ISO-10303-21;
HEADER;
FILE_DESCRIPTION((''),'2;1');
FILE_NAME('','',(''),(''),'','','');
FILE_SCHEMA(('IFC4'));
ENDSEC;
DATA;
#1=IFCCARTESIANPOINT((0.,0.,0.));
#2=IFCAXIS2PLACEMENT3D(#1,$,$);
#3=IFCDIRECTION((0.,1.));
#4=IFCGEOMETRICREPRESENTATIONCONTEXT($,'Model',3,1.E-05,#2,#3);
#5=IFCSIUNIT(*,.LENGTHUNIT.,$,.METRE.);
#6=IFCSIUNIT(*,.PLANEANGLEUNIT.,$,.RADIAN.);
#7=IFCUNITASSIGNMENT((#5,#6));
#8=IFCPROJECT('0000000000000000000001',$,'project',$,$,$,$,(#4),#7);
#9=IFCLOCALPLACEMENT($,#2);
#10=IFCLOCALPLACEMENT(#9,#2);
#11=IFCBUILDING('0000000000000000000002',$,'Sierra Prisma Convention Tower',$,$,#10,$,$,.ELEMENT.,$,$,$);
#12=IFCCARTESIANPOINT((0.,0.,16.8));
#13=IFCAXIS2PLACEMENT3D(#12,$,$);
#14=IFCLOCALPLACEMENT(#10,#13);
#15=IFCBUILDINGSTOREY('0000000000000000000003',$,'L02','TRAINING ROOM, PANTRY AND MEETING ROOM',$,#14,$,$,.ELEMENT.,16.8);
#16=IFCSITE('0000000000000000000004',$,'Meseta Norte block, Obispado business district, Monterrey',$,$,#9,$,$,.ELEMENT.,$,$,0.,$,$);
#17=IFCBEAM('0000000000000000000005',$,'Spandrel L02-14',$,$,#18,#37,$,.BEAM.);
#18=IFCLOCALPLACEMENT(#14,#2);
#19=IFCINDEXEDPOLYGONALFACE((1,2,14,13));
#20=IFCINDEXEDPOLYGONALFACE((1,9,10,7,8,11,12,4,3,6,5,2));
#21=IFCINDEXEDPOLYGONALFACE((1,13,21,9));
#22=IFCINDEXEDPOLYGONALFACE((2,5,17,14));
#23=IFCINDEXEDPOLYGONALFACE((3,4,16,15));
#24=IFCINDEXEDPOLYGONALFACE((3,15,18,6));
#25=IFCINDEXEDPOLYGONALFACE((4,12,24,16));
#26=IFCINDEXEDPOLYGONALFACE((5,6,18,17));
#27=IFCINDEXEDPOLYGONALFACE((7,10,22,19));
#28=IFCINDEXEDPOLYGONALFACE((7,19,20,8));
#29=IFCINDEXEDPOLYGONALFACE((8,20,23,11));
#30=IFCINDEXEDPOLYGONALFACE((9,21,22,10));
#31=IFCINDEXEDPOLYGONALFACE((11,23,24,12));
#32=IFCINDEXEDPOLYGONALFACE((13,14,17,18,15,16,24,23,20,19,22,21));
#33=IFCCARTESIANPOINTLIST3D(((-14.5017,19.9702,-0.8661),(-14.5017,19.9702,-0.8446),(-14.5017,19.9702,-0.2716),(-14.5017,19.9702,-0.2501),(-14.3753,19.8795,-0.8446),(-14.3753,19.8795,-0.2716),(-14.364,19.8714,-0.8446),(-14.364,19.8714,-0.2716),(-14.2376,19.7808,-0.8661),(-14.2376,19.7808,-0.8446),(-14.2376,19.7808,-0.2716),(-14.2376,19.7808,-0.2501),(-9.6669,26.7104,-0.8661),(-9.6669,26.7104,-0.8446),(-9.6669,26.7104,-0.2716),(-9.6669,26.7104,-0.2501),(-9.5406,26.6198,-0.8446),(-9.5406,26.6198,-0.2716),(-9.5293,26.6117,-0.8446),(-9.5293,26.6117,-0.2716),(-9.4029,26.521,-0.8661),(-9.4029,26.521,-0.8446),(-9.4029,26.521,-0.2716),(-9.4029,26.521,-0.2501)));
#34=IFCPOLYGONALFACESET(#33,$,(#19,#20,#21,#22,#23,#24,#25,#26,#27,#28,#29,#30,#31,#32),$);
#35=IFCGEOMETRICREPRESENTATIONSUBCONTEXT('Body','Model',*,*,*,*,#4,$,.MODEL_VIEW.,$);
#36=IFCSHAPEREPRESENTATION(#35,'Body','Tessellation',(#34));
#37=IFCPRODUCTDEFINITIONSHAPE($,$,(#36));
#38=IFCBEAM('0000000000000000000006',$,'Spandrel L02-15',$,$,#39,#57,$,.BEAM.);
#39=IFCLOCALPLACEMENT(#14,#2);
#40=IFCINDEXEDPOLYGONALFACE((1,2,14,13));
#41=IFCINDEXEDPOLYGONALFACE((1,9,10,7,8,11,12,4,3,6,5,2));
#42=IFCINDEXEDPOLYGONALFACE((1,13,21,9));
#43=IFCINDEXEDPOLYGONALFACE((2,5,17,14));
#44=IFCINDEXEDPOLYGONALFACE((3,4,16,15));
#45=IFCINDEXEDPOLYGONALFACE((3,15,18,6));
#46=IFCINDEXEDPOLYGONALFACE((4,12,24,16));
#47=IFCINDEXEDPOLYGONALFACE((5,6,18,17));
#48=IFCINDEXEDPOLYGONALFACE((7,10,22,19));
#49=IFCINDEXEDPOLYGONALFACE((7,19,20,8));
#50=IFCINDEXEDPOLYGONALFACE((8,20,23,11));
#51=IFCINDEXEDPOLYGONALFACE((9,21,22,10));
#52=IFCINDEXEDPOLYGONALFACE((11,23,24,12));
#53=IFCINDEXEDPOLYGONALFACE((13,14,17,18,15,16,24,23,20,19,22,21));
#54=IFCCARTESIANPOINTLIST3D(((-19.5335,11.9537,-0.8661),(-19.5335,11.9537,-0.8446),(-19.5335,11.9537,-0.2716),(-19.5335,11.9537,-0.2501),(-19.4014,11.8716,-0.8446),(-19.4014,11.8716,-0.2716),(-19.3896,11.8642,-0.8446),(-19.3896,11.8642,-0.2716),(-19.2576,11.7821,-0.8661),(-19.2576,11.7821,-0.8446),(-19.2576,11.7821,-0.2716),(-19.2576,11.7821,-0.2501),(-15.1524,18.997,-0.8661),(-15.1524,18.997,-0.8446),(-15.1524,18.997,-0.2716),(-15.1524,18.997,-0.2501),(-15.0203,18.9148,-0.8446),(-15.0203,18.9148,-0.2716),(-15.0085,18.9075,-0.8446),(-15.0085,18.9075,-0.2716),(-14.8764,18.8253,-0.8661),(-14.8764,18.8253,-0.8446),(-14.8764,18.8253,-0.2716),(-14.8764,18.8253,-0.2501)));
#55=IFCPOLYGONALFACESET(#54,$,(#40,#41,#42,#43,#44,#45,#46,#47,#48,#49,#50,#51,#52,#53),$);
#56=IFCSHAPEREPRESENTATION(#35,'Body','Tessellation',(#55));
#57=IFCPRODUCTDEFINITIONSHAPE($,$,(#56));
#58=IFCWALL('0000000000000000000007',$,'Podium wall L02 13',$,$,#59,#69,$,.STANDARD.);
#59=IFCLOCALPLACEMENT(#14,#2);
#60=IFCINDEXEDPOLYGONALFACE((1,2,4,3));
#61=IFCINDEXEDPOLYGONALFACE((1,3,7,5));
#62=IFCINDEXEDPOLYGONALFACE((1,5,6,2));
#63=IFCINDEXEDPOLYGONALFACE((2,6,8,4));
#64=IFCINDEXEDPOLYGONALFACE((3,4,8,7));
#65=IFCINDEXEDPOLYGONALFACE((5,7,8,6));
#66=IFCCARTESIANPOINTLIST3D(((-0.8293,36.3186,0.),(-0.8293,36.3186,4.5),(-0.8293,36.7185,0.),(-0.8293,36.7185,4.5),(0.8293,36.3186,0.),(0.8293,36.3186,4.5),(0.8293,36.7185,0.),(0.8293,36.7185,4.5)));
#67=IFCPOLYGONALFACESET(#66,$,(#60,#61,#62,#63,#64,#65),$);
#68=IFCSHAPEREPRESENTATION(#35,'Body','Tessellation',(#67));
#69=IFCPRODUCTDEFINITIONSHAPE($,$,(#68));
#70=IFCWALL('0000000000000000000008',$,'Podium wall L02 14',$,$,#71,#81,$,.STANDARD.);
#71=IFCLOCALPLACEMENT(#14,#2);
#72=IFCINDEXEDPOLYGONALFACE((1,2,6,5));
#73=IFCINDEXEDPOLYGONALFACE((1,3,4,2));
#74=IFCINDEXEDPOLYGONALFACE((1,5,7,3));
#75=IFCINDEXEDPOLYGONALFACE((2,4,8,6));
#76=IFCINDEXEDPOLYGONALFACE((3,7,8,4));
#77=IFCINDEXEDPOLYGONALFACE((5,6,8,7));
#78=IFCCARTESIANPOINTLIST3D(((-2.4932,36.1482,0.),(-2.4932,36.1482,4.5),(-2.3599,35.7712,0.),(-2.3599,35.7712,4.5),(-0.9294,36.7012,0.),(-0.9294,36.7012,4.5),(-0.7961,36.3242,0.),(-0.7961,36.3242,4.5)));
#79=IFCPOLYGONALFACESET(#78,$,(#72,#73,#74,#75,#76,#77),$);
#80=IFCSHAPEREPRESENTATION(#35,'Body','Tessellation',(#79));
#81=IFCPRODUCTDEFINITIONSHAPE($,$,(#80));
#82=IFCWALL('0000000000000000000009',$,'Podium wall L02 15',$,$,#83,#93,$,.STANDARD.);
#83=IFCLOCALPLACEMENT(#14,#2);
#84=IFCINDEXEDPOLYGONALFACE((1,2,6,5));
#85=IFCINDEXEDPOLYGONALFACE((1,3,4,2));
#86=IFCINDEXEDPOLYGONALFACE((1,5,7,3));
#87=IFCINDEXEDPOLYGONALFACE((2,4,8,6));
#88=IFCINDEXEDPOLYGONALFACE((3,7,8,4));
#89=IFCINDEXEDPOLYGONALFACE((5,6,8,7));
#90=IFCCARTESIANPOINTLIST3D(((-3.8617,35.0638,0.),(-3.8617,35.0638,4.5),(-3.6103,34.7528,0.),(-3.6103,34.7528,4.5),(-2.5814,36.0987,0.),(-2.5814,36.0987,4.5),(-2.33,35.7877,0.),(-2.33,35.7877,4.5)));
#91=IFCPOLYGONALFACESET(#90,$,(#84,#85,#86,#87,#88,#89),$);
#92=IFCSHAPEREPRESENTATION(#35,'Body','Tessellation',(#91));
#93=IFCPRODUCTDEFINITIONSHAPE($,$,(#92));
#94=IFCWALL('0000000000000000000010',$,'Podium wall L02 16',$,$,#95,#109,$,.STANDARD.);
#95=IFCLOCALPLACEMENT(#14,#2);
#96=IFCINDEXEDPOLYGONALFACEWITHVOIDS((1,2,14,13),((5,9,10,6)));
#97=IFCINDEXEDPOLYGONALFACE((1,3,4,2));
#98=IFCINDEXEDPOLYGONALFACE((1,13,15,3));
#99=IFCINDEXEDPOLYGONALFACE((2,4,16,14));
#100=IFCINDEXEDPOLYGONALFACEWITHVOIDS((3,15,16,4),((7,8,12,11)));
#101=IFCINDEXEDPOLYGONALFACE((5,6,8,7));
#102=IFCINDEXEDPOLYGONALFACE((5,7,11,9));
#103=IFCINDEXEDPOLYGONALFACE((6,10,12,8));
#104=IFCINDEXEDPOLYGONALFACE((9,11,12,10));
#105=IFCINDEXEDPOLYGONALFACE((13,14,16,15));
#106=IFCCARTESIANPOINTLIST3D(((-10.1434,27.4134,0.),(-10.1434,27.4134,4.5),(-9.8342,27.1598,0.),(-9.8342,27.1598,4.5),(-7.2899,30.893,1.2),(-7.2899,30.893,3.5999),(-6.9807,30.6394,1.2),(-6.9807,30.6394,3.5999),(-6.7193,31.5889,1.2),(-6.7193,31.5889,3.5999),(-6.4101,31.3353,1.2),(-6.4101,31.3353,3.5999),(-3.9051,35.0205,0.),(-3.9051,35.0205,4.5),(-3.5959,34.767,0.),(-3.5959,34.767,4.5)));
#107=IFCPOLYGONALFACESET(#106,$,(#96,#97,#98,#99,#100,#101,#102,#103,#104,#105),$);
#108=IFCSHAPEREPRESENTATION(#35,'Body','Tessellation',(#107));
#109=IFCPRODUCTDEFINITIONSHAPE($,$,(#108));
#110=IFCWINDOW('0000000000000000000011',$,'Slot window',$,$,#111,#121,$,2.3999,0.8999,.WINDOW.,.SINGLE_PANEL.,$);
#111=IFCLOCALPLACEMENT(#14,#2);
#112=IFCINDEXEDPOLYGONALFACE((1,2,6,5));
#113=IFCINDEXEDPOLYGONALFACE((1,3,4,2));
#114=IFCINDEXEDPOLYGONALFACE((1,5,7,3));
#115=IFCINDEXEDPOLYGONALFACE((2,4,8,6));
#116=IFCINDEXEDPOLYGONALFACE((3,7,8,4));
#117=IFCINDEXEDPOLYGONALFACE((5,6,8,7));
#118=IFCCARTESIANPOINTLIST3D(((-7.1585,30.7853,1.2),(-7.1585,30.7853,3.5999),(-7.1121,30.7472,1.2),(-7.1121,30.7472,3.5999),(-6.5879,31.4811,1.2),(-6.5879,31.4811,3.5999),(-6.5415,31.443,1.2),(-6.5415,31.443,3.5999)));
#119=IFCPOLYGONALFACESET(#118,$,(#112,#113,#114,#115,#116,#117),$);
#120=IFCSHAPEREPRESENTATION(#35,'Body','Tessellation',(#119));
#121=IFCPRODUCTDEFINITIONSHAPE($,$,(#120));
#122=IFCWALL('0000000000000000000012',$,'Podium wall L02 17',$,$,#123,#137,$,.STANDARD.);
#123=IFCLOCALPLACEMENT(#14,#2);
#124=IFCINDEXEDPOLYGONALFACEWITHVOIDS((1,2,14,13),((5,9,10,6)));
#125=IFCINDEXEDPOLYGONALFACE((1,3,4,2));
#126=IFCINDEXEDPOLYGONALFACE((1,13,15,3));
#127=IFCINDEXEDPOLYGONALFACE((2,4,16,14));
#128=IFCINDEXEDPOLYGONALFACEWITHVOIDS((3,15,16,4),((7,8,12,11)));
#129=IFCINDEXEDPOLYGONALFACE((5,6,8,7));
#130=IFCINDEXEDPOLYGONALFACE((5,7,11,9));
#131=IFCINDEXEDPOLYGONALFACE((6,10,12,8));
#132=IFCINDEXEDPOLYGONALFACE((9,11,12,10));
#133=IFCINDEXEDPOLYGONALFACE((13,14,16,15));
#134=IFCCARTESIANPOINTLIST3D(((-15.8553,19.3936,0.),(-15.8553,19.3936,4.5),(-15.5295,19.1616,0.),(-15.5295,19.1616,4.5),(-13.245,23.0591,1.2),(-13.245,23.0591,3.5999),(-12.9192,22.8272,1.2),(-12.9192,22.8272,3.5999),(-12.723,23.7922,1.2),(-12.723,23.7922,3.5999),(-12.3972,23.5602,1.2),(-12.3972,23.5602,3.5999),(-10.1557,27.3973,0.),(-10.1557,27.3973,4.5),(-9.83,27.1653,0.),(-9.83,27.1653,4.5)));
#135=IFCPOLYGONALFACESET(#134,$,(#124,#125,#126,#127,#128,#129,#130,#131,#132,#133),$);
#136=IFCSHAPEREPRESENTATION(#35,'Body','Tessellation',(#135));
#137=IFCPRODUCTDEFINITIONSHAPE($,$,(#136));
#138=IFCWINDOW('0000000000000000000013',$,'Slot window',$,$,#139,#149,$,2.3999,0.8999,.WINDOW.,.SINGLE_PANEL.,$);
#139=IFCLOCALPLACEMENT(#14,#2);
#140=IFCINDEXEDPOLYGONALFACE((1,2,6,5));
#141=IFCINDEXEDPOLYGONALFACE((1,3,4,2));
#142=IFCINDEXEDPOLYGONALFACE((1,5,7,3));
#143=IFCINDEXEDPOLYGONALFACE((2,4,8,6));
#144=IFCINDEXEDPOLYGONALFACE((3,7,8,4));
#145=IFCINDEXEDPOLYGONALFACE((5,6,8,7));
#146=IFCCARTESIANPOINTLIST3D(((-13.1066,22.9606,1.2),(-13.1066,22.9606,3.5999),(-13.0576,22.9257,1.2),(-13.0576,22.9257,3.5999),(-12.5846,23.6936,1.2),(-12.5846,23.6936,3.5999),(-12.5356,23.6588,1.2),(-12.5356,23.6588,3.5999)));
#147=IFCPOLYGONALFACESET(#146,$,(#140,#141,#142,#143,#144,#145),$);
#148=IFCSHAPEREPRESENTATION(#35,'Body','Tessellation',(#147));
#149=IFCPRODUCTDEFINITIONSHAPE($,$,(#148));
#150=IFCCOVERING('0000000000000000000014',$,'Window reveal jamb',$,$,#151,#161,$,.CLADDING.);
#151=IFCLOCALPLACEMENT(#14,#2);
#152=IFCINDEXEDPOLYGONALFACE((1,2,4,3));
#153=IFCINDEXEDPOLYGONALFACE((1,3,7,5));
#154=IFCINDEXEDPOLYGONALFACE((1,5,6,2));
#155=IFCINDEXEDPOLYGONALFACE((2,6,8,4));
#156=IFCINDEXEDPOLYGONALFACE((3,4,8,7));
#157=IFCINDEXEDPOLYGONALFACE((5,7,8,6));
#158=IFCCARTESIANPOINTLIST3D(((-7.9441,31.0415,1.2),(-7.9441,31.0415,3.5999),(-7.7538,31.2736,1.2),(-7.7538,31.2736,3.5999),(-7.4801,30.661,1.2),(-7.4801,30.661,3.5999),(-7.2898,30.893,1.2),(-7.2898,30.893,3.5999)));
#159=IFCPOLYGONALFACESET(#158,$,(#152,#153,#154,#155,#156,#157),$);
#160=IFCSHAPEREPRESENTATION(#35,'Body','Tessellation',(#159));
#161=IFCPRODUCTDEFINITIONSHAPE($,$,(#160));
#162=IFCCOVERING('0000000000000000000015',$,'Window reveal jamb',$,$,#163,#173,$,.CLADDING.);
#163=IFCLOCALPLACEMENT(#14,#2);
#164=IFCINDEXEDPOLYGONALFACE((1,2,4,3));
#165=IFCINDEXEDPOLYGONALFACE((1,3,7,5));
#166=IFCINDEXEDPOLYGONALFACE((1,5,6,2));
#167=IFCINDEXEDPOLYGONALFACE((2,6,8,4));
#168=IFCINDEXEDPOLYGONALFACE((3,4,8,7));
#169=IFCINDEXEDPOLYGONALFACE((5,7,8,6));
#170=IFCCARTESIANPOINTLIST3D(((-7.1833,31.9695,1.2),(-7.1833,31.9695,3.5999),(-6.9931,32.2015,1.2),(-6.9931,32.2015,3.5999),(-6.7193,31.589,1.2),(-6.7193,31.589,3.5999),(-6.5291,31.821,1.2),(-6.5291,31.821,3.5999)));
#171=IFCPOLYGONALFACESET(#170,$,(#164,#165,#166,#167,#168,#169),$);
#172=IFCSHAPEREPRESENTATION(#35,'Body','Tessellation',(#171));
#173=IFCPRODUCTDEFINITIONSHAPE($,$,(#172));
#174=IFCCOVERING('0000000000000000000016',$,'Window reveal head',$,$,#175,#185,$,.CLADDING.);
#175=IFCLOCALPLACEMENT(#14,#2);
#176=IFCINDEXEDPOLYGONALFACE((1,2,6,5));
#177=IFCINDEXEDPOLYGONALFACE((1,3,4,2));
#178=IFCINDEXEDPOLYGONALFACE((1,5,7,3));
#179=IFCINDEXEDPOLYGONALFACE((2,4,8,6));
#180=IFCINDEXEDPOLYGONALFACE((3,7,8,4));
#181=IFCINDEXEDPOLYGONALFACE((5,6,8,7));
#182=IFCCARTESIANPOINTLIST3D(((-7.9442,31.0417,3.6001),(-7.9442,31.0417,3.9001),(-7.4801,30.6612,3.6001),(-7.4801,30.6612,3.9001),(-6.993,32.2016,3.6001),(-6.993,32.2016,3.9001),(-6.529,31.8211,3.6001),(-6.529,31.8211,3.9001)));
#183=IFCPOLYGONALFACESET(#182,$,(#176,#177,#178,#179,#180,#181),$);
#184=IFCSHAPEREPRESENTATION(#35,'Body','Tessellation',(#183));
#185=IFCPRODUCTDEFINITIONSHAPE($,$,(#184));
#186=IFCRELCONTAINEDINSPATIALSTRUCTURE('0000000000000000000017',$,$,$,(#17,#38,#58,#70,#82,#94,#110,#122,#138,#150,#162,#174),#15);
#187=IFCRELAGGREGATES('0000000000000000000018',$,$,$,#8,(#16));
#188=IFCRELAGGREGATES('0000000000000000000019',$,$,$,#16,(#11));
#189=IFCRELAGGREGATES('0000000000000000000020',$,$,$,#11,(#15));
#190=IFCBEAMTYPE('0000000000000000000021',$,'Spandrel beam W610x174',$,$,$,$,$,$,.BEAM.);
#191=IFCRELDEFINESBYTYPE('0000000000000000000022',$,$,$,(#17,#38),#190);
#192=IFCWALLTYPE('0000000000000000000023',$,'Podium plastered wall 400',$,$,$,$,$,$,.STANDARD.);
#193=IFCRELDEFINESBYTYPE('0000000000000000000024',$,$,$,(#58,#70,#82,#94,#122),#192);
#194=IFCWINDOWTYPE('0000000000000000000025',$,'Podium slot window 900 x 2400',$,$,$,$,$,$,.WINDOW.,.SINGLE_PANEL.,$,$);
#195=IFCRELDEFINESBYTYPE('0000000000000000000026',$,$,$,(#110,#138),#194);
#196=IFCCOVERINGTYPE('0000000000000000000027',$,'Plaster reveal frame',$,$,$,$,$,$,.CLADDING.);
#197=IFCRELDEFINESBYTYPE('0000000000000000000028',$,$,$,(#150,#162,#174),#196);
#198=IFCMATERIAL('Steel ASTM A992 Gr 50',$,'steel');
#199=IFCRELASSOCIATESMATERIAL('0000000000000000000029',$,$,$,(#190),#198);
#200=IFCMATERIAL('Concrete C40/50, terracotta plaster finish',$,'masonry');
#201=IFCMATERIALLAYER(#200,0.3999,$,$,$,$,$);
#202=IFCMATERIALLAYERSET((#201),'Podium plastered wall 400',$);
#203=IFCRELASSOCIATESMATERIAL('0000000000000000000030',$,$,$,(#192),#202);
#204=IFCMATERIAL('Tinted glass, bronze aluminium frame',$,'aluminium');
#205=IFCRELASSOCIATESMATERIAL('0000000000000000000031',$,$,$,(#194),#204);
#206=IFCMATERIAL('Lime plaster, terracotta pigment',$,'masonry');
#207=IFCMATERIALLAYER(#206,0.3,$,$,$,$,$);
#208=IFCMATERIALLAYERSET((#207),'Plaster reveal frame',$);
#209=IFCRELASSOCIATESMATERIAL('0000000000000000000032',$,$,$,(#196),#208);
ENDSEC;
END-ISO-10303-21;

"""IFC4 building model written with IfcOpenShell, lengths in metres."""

from ifc_helpers import new_model, si_unit, direction, frame, frame_2d, origin, origin_2d, place, context, subcontext, project, spatial, rectangle, i_section, extrude, material, layer, layer_set, material_profile, profile_set, type_object, element, fill, save


model = new_model("IFC4")

# Units and contexts
model_context = context("Model", 3, precision=1e-05, world=origin(), true_north=direction((0.0, 1.0)))
body_context = subcontext(model_context, "Body", "Model", "MODEL_VIEW")
ifc_project = project(units=[si_unit("LENGTHUNIT", "METRE"), si_unit("PLANEANGLEUNIT", "RADIAN")], contexts=[model_context])

# Site, building, storey
site_placement = place(None, origin())
site = spatial("IfcSite", under=ifc_project, at=site_placement, Name="Meseta Norte block, Obispado business district, Monterrey", CompositionType="ELEMENT", RefElevation=0.0)
building_placement = place(site_placement, origin())
building = spatial("IfcBuilding", under=site, at=building_placement, Name="Sierra Prisma Convention Tower", CompositionType="ELEMENT")
storey_placement = place(building_placement, frame((0.0, 0.0, 16.8)))
storey = spatial("IfcBuildingStorey", under=building, at=storey_placement, Name="L02", Description="TRAINING ROOM, PANTRY AND MEETING ROOM", CompositionType="ELEMENT", Elevation=16.8)

# Beams
ifc_material_1 = material(Name="Steel ASTM A992 Gr 50", Category="steel")
ifc_material_profile_1 = material_profile(ifc_material_1, i_section(OverallWidth=0.325, OverallDepth=0.616, WebThickness=0.0139, FlangeThickness=0.0215, at=origin_2d()), Name="W610x174")
ifc_profile_set_1 = profile_set([ifc_material_profile_1], Name="Steel ASTM A992 Gr 50")
beam_type_1 = type_object("IfcBeamType", Name="Spandrel beam W610x174", PredefinedType="BEAM", material=ifc_profile_set_1)
beam_1_placement = place(storey_placement, frame((-9.5349, 26.6157, -0.5581), z_axis=(-0.582855, -0.812576, 0.0), x_axis=(0.812576, -0.582855, 0.0)))
element("IfcBeam", 1, at=beam_1_placement, inside=storey, type_object=beam_type_1, Name="Spandrel L02-14", PredefinedType="BEAM", context=body_context, shape_type="SweptSolid", body=[
    extrude(i_section(OverallWidth=0.325, OverallDepth=0.616, WebThickness=0.0139, FlangeThickness=0.0215, at=origin_2d()), origin(), (0.0, 0.0, 1.0), 8.2949),
])
beam_2_placement = place(storey_placement, frame((-15.0144, 18.9111, -0.5581), z_axis=(-0.528185, -0.849129, 0.0), x_axis=(0.849129, -0.528185, 0.0)))
element("IfcBeam", 2, at=beam_2_placement, inside=storey, type_object=beam_type_1, Name="Spandrel L02-15", PredefinedType="BEAM", context=body_context, shape_type="SweptSolid", body=[
    extrude(i_section(OverallWidth=0.325, OverallDepth=0.616, WebThickness=0.0139, FlangeThickness=0.0215, at=origin_2d()), origin(), (0.0, 0.0, 1.0), 8.2947),
])

# Walls
ifc_material_2 = material(Name="Concrete C40/50, terracotta plaster finish", Category="masonry")
ifc_layer_1 = layer(ifc_material_2, 0.3999)
ifc_layer_set_1 = layer_set([ifc_layer_1], Name="Podium plastered wall 400")
wall_type = type_object("IfcWallType", Name="Podium plastered wall 400", PredefinedType="STANDARD", material=ifc_layer_set_1)
for number, where, z_axis, x_axis, name in (
    (3, (-0.8293, 36.5186, 0.0), (0.0, 0.0, 1.0), (1.0, 0.0, 0.0), "Podium wall L02 13"),
    (4, (-2.4265, 35.9597, 0.0), (0.0, 0.0, 1.0), (0.942786, 0.333398, 0.0), "Podium wall L02 14"),
):
    element("IfcWall", number, at=place(storey_placement, frame(where, z_axis=z_axis, x_axis=x_axis)), inside=storey, type_object=wall_type, Name=name, PredefinedType="STANDARD", context=body_context, shape_type="SweptSolid", body=[
        extrude(rectangle(XDim=1.6587, YDim=0.3999, at=frame_2d((0.8293, 0.0))), origin(), (0.0, 0.0, 1.0), 4.5),
    ])
wall_1_placement = place(storey_placement, frame((-3.7361, 34.9082, 0.0), z_axis=(0.0, 0.0, 1.0), x_axis=(0.77769, 0.628648, 0.0)))
element("IfcWall", 5, at=wall_1_placement, inside=storey, type_object=wall_type, Name="Podium wall L02 15", PredefinedType="STANDARD", context=body_context, shape_type="SweptSolid", body=[
    extrude(rectangle(XDim=1.6462, YDim=0.3999, at=frame_2d((0.8232, 0.0))), origin(), (0.0, 0.0, 1.0), 4.5),
])

# Walls, openings, windows
wall_2_placement = place(storey_placement, frame((-9.9888, 27.2866, 0.0), z_axis=(0.0, 0.0, 1.0), x_axis=(0.634104, 0.773248, 0.0)))
wall_2 = element("IfcWall", 6, at=wall_2_placement, inside=storey, type_object=wall_type, Name="Podium wall L02 16", PredefinedType="STANDARD", context=body_context, shape_type="SweptSolid", body=[
    extrude(rectangle(XDim=9.8379, YDim=0.3999, at=frame_2d((4.9189, 0.0))), origin(), (0.0, 0.0, 1.0), 4.5),
])
opening_1_placement = place(wall_2_placement, frame((4.5, 0.0, 1.2)))
opening_1 = element("IfcOpeningElement", 7, at=opening_1_placement, cuts=wall_2, PredefinedType="OPENING", context=body_context, shape_type="SweptSolid", body=[
    extrude(rectangle(XDim=0.8999, YDim=2.3999, at=frame_2d((0.45, 1.2))), frame((0.0, 0.2, 0.0), z_axis=(0.0, -1.0, 0.0), x_axis=(1.0, 0.0, 0.0)), (0.0, 0.0, 1.0), 0.3999),
])
ifc_material_3 = material(Name="Tinted glass, bronze aluminium frame", Category="aluminium")
window_type = type_object("IfcWindowType", Name="Podium slot window 900 x 2400", PartitioningType="SINGLE_PANEL", PredefinedType="WINDOW", material=ifc_material_3)
window_1_placement = place(opening_1_placement, origin())
window_1 = element("IfcWindow", 8, at=window_1_placement, inside=storey, type_object=window_type, Name="Slot window", OverallHeight=2.3999, OverallWidth=0.8999, PartitioningType="SINGLE_PANEL", PredefinedType="WINDOW", context=body_context, shape_type="SweptSolid", body=[
    extrude(rectangle(XDim=0.8999, YDim=2.3999, at=frame_2d((0.45, 1.2))), frame((0.0, 0.03, 0.0), z_axis=(0.0, -1.0, 0.0), x_axis=(1.0, 0.0, 0.0)), (0.0, 0.0, 1.0), 0.0601),
])
fill(opening_1, window_1)
wall_3_placement = place(storey_placement, frame((-15.6924, 19.2776, 0.0), z_axis=(0.0, 0.0, 1.0), x_axis=(0.580062, 0.814572, 0.0)))
wall_3 = element("IfcWall", 9, at=wall_3_placement, inside=storey, type_object=wall_type, Name="Podium wall L02 17", PredefinedType="STANDARD", context=body_context, shape_type="SweptSolid", body=[
    extrude(rectangle(XDim=9.8257, YDim=0.3999, at=frame_2d((4.9128, 0.0))), origin(), (0.0, 0.0, 1.0), 4.5),
])
opening_2_placement = place(wall_3_placement, frame((4.5, 0.0, 1.2)))
opening_2 = element("IfcOpeningElement", 10, at=opening_2_placement, cuts=wall_3, PredefinedType="OPENING", context=body_context, shape_type="SweptSolid", body=[
    extrude(rectangle(XDim=0.8999, YDim=2.3999, at=frame_2d((0.45, 1.2))), frame((0.0, 0.2, 0.0), z_axis=(0.0, -1.0, 0.0), x_axis=(1.0, 0.0, 0.0)), (0.0, 0.0, 1.0), 0.3999),
])
window_2_placement = place(opening_2_placement, origin())
window_2 = element("IfcWindow", 11, at=window_2_placement, inside=storey, type_object=window_type, Name="Slot window", OverallHeight=2.3999, OverallWidth=0.8999, PartitioningType="SINGLE_PANEL", PredefinedType="WINDOW", context=body_context, shape_type="SweptSolid", body=[
    extrude(rectangle(XDim=0.8999, YDim=2.3999, at=frame_2d((0.45, 1.2))), frame((0.0, 0.03, 0.0), z_axis=(0.0, -1.0, 0.0), x_axis=(1.0, 0.0, 0.0)), (0.0, 0.0, 1.0), 0.0601),
])
fill(opening_2, window_2)

# Coverings
ifc_material_4 = material(Name="Lime plaster, terracotta pigment", Category="masonry")
ifc_layer_2 = layer(ifc_material_4, 0.3)
ifc_layer_set_2 = layer_set([ifc_layer_2], Name="Plaster reveal frame")
covering_type = type_object("IfcCoveringType", Name="Plaster reveal frame", PredefinedType="CLADDING", material=ifc_layer_set_2)
for number, where, z_axis, x_axis, name in (
    (12, (-7.6169, 30.9673, 1.2), (0.0, 0.0, 1.0), (0.634115, 0.773238, 0.0), "Window reveal jamb"),
    (13, (-6.8562, 31.8953, 1.2), (0.0, 0.0, 1.0), (0.634115, 0.773238, 0.0), "Window reveal jamb"),
):
    element("IfcCovering", number, at=place(storey_placement, frame(where, z_axis=z_axis, x_axis=x_axis)), inside=storey, type_object=covering_type, Name=name, PredefinedType="CLADDING", context=body_context, shape_type="SweptSolid", body=[
        extrude(rectangle(XDim=0.3, YDim=0.6001, at=origin_2d()), origin(), (0.0, 0.0, 1.0), 2.3999),
    ])
for number, where, z_axis, x_axis, name in (
    (14, (-7.2366, 31.4314, 3.6001), (0.0, 0.0, 1.0), (0.634115, 0.773238, 0.0), "Window reveal head"),
):
    element("IfcCovering", number, at=place(storey_placement, frame(where, z_axis=z_axis, x_axis=x_axis)), inside=storey, type_object=covering_type, Name=name, PredefinedType="CLADDING", context=body_context, shape_type="SweptSolid", body=[
        extrude(rectangle(XDim=1.5, YDim=0.6001, at=origin_2d()), origin(), (0.0, 0.0, 1.0), 0.3),
    ])

save(model, "model.ifc")
